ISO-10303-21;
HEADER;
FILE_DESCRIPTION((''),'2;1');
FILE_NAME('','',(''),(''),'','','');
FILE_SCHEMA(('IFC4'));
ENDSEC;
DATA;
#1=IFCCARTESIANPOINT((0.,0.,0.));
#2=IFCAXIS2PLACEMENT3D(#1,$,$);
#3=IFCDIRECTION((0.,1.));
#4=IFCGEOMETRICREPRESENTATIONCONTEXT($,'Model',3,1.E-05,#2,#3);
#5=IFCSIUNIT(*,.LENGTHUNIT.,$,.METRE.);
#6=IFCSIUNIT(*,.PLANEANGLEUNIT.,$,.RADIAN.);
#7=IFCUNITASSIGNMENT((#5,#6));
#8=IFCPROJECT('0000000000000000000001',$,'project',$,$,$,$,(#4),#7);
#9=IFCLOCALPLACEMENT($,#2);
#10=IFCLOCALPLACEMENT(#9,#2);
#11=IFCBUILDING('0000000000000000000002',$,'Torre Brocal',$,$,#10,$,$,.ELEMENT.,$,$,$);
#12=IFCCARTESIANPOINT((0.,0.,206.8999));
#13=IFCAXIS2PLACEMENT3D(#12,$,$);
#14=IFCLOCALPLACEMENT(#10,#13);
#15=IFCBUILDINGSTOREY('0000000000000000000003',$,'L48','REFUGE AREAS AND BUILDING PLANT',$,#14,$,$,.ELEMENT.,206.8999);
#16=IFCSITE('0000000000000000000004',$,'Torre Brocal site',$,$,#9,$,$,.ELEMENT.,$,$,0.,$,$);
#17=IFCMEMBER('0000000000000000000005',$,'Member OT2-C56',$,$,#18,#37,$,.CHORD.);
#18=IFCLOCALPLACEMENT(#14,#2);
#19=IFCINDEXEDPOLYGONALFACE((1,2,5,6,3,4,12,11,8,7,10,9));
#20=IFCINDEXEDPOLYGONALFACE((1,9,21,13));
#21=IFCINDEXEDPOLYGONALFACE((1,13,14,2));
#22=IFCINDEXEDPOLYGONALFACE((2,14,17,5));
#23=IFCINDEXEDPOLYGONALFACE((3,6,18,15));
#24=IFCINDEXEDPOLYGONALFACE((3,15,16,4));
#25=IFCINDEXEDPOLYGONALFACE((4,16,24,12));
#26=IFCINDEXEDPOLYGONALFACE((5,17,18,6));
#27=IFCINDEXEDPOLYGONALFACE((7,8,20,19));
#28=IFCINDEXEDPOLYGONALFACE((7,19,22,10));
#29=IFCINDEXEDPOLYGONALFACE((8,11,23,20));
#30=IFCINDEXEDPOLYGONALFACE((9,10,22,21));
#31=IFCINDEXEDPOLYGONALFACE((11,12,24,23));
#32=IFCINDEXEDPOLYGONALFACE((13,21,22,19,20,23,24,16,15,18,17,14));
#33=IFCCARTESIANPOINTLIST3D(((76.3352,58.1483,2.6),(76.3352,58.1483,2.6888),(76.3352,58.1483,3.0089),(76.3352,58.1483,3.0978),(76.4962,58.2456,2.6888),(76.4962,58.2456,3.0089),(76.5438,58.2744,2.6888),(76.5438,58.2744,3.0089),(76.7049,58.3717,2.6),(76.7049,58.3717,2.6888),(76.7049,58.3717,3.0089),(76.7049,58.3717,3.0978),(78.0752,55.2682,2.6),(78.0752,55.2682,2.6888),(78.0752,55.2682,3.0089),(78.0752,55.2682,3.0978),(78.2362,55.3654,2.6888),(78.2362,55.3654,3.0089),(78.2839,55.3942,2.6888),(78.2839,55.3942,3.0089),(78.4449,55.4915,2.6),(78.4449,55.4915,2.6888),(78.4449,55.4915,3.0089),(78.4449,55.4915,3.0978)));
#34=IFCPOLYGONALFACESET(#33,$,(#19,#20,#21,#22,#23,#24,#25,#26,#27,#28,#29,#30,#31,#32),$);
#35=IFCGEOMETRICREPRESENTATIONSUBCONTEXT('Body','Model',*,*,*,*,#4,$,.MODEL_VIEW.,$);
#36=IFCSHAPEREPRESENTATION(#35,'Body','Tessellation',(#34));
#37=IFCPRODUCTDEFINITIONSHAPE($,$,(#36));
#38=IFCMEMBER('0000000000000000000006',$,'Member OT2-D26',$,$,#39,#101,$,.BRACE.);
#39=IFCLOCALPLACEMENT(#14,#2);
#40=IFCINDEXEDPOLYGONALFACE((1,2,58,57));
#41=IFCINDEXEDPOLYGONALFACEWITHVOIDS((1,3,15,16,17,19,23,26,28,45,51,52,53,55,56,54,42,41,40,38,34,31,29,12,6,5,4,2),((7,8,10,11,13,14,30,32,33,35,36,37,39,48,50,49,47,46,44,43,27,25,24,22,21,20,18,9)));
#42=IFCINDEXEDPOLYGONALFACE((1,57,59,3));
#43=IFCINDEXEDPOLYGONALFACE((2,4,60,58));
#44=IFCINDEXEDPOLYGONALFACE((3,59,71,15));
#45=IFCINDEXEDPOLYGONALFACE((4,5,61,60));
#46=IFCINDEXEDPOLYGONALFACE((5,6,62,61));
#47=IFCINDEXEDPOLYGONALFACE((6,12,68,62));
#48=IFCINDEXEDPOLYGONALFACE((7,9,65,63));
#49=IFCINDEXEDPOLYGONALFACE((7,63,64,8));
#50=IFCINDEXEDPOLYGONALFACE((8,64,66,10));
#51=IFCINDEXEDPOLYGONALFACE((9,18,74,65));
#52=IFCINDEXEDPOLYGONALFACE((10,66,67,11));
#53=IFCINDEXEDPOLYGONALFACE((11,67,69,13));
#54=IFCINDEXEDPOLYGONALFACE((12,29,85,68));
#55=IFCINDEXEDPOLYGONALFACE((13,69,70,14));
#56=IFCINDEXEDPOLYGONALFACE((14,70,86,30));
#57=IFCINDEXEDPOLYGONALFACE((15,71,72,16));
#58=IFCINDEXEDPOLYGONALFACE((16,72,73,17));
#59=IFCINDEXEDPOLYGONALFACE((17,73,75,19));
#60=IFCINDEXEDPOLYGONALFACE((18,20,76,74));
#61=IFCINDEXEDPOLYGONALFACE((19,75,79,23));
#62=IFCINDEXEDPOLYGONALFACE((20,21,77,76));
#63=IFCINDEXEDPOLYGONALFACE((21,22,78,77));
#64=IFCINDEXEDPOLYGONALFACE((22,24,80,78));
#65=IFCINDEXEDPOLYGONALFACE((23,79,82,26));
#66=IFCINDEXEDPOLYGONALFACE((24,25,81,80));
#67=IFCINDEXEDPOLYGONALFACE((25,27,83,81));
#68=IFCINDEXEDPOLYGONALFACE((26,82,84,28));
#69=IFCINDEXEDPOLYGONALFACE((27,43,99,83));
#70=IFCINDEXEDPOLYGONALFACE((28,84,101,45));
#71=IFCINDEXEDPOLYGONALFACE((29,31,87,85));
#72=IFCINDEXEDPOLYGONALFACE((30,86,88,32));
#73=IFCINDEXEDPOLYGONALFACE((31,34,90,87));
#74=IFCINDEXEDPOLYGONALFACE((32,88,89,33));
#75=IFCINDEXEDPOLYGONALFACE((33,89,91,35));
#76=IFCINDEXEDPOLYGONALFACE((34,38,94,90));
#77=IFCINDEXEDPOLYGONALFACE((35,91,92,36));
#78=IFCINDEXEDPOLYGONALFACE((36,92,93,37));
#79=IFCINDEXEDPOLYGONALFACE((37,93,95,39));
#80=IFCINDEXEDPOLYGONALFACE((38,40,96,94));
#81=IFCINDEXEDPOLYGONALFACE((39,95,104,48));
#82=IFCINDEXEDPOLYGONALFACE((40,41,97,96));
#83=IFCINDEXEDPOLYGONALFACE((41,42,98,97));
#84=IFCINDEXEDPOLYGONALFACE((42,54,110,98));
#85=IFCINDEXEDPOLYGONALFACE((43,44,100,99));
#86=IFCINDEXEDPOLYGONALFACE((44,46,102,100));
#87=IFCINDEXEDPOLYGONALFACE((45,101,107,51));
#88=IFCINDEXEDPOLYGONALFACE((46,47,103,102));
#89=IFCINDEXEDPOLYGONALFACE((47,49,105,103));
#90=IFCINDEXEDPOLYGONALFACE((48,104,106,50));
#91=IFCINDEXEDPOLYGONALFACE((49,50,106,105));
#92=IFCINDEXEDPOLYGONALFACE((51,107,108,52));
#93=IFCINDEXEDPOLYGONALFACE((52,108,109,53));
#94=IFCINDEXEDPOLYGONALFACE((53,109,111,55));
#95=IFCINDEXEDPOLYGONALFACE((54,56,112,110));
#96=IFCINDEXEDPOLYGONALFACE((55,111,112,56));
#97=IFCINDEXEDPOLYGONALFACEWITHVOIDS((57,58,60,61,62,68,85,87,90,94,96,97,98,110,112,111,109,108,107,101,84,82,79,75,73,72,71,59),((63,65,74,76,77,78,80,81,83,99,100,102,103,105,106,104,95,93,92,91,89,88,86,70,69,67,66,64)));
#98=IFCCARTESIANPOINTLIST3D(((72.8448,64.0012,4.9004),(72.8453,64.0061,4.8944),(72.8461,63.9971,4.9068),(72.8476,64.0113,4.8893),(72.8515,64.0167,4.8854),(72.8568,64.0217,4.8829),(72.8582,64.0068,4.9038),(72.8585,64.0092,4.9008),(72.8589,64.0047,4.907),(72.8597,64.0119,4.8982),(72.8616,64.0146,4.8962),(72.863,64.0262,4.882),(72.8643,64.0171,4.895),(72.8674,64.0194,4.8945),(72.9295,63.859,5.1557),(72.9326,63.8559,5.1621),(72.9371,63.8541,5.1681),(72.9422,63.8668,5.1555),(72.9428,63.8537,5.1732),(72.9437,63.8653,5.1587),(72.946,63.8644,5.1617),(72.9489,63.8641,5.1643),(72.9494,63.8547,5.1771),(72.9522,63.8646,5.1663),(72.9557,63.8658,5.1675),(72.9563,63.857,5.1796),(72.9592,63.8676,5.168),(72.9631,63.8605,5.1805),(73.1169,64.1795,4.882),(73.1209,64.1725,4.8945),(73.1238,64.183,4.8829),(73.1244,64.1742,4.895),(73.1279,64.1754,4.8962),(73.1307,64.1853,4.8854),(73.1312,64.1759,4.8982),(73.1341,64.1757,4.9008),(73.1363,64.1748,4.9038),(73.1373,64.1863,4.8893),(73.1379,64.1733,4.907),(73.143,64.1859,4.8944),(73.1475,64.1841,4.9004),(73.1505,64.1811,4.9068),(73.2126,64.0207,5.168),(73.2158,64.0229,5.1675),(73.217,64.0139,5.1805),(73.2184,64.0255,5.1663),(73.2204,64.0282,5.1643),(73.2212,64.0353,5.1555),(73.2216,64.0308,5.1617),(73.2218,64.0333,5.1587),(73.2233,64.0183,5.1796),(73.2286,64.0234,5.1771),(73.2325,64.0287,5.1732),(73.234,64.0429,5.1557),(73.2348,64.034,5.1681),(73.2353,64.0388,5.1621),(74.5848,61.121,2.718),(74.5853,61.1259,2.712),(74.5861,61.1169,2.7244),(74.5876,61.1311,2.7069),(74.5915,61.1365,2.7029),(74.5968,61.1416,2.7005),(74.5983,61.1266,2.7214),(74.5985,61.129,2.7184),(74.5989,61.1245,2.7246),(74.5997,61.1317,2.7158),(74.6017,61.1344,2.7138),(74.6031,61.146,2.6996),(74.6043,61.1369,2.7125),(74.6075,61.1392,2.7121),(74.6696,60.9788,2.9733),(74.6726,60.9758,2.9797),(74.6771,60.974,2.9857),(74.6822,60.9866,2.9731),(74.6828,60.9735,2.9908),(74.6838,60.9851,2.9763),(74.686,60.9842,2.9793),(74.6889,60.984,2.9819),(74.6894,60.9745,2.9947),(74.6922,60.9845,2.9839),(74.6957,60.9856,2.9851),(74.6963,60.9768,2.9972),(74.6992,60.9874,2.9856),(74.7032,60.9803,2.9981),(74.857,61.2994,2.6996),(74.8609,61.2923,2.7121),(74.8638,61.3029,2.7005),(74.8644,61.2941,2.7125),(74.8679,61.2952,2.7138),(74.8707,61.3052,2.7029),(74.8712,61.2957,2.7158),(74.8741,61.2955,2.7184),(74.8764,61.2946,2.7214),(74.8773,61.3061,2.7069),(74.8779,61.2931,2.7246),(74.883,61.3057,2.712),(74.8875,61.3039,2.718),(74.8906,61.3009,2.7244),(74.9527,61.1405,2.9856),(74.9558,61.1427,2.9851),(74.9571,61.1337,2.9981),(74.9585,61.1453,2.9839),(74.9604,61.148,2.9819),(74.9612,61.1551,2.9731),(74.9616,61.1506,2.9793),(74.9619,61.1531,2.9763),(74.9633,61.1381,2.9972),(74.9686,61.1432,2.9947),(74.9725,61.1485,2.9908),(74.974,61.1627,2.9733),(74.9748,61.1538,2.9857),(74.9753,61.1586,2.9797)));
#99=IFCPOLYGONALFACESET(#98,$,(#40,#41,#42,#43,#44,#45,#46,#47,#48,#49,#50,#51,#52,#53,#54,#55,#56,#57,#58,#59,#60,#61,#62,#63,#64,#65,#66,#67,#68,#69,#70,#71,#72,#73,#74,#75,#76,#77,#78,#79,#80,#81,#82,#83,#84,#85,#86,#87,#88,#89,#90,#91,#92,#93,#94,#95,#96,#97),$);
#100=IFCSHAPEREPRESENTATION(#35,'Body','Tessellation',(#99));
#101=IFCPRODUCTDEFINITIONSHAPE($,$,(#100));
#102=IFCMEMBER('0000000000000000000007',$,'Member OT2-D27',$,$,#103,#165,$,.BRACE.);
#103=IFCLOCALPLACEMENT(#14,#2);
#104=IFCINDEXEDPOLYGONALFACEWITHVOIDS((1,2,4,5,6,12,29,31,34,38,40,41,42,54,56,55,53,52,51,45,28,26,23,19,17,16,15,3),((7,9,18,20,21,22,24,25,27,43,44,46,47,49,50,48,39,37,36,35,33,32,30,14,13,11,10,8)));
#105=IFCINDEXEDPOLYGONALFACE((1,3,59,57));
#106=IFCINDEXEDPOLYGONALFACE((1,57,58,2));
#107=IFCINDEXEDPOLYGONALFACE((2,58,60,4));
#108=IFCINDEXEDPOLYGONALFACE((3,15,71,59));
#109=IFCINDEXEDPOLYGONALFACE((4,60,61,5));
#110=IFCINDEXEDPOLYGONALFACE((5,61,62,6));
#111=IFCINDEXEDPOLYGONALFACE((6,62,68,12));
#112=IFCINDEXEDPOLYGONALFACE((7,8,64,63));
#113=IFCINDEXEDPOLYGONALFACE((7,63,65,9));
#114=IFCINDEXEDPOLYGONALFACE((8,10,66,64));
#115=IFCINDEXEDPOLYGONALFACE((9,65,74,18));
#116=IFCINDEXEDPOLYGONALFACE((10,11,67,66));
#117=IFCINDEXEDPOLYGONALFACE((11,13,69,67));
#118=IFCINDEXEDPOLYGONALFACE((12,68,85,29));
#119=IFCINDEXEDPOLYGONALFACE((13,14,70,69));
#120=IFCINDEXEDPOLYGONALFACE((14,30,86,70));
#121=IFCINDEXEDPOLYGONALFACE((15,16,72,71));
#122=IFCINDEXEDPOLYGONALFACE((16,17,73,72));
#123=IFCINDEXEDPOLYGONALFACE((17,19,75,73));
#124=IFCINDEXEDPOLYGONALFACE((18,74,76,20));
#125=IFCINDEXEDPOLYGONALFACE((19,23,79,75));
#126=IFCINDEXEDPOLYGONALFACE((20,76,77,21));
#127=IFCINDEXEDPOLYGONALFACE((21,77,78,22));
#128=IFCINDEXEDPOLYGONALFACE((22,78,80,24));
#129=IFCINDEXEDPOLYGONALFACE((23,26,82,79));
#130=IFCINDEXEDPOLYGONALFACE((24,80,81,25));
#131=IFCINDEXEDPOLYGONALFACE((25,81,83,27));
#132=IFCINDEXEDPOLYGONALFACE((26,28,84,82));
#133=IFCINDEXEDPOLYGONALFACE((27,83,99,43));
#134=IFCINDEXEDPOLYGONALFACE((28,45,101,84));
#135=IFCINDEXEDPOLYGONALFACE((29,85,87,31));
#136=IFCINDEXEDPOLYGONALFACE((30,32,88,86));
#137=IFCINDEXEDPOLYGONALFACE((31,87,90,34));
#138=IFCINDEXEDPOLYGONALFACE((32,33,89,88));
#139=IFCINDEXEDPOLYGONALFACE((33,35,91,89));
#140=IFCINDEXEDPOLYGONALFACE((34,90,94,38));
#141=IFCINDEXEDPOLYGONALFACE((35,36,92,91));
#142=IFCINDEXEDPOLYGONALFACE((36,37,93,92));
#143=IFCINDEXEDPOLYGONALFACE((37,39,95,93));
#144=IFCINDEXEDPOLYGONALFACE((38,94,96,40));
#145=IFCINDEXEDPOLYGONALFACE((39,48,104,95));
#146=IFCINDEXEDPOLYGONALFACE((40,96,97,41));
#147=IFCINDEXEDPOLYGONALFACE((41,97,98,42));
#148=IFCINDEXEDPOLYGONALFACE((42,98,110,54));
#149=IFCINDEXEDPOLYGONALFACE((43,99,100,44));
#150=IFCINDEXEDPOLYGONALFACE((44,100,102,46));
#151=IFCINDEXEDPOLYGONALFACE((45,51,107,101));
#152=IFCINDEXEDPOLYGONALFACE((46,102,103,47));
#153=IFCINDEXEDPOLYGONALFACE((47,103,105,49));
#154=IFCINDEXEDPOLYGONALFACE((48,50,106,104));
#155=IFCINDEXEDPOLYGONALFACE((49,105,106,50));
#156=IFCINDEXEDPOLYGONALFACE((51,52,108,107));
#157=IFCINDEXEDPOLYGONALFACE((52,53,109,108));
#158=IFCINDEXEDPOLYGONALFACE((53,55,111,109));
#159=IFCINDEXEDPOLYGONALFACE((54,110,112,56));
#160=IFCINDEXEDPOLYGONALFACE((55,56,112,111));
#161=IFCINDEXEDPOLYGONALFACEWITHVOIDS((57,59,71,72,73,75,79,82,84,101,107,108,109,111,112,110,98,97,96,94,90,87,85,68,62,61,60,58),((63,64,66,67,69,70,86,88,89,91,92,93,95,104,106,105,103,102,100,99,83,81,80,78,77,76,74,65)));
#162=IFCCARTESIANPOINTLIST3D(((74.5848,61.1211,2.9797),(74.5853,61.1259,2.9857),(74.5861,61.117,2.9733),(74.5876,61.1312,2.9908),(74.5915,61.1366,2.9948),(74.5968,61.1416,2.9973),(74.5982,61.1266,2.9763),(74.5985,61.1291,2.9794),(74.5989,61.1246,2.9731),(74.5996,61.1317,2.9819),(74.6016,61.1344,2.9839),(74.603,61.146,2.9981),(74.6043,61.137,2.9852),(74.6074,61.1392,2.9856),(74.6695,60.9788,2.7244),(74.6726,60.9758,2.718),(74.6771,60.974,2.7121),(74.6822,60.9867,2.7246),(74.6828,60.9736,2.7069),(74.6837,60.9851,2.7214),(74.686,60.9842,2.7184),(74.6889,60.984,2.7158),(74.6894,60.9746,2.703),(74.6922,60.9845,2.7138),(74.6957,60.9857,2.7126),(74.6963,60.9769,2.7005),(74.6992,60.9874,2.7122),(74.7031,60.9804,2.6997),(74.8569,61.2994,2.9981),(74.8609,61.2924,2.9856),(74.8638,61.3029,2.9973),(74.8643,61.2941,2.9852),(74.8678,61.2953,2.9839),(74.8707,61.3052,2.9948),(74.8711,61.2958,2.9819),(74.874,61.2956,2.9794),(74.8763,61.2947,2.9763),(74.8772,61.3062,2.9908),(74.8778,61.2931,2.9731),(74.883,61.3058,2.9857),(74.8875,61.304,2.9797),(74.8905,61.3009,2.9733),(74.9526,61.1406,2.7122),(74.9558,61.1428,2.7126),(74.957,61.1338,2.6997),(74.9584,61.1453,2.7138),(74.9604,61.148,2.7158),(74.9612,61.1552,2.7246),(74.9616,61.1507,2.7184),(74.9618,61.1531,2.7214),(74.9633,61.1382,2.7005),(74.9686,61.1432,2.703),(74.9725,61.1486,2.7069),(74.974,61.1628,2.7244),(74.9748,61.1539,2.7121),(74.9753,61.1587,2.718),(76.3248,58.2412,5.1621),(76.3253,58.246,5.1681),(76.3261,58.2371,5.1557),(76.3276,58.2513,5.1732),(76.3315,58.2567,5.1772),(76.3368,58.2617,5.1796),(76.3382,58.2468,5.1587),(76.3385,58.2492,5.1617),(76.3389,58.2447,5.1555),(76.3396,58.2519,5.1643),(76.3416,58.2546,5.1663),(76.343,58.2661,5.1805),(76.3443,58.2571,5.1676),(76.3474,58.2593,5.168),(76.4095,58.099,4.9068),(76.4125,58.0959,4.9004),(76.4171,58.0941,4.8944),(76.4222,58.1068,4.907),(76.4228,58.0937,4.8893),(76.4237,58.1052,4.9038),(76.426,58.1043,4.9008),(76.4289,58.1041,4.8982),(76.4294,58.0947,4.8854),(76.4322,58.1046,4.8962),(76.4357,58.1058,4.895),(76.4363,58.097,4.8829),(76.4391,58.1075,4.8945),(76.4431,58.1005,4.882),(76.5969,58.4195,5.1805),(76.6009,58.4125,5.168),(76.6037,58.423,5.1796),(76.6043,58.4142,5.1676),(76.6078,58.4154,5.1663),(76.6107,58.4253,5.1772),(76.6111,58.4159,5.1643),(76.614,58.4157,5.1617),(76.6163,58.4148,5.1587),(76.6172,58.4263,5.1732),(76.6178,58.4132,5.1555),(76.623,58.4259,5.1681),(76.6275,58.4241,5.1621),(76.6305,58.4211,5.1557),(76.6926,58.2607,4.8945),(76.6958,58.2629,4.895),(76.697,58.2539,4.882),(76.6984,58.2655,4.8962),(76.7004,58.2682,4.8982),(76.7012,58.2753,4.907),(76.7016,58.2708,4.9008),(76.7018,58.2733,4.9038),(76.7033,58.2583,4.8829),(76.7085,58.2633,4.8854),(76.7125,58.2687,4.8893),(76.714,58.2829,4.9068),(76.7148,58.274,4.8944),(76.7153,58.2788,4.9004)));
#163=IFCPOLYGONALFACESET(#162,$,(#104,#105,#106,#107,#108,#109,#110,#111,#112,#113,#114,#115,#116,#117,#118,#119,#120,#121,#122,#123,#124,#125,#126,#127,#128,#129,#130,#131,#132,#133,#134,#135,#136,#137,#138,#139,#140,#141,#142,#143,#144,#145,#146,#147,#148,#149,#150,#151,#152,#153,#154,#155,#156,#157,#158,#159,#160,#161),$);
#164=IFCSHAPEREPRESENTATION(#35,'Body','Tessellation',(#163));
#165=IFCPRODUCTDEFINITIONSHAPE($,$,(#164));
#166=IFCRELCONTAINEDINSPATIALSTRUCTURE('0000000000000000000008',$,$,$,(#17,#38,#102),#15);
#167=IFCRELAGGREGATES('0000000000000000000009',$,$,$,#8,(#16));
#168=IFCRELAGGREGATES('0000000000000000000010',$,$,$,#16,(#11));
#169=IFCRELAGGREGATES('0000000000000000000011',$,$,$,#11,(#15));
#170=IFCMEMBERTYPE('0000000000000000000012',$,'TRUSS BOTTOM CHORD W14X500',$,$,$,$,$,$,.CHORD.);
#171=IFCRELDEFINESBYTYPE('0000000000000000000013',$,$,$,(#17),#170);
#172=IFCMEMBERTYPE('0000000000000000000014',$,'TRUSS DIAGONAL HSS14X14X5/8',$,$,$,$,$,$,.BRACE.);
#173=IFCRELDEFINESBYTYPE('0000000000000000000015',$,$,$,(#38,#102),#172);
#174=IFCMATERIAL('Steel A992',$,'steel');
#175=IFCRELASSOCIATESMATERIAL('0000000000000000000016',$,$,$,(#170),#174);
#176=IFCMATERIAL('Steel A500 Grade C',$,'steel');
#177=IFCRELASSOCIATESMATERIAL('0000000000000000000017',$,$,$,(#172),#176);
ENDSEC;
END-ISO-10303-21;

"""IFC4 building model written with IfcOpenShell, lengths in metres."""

from ifc_helpers import new_model, si_unit, direction, frame, origin, origin_2d, place, context, subcontext, project, spatial, hollow_rectangle, i_section, extrude, material, material_profile, profile_set, type_object, element, save


model = new_model("IFC4")

# Units and contexts
model_context = context("Model", 3, precision=1e-05, world=origin(), true_north=direction((0.0, 1.0)))
body_context = subcontext(model_context, "Body", "Model", "MODEL_VIEW")
ifc_project = project(units=[si_unit("LENGTHUNIT", "METRE"), si_unit("PLANEANGLEUNIT", "RADIAN")], contexts=[model_context])

# Site, building, storey
site_placement = place(None, origin())
site = spatial("IfcSite", under=ifc_project, at=site_placement, Name="Torre Brocal site", CompositionType="ELEMENT", RefElevation=0.0)
building_placement = place(site_placement, origin())
building = spatial("IfcBuilding", under=site, at=building_placement, Name="Torre Brocal", CompositionType="ELEMENT")
storey_placement = place(building_placement, frame((0.0, 0.0, 206.8999)))
storey = spatial("IfcBuildingStorey", under=building, at=storey_placement, Name="L48", Description="REFUGE AREAS AND BUILDING PLANT", CompositionType="ELEMENT", Elevation=206.8999)

# Members
ifc_material_1 = material(Name="Steel A992", Category="steel")
ifc_material_profile_1 = material_profile(ifc_material_1, i_section(OverallWidth=0.4319, OverallDepth=0.4978, WebThickness=0.0557, FlangeThickness=0.0889, at=origin_2d()), Name="W14X500")
ifc_profile_set_1 = profile_set([ifc_material_profile_1], Name="Steel A992")
member_type_1 = type_object("IfcMemberType", Name="TRUSS BOTTOM CHORD W14X500", PredefinedType="CHORD", material=ifc_profile_set_1)
member_1_placement = place(storey_placement, frame((76.52, 58.26, 2.8489), z_axis=(0.517097, -0.855927, 0.0), x_axis=(0.855927, 0.517097, 0.0)))
element("IfcMember", 1, at=member_1_placement, inside=storey, type_object=member_type_1, Name="Member OT2-C56", PredefinedType="CHORD", context=body_context, shape_type="SweptSolid", body=[
    extrude(i_section(OverallWidth=0.4319, OverallDepth=0.4978, WebThickness=0.0557, FlangeThickness=0.0889, at=origin_2d()), origin(), (0.0, 0.0, 1.0), 3.365),
])
ifc_material_2 = material(Name="Steel A500 Grade C", Category="steel")
ifc_material_profile_2 = material_profile(ifc_material_2, hollow_rectangle(XDim=0.3557, YDim=0.3557, WallThickness=0.0149, InnerFilletRadius=0.0149, OuterFilletRadius=0.0295, at=origin_2d()), Name="HSS14X14X5/8")
ifc_profile_set_2 = profile_set([ifc_material_profile_2], Name="Steel A500 Grade C")
member_type_2 = type_object("IfcMemberType", Name="TRUSS DIAGONAL HSS14X14X5/8", PredefinedType="BRACE", material=ifc_profile_set_2)
member_2_placement = place(storey_placement, frame((73.04, 64.02, 5.0312), z_axis=(0.433841, -0.718117, -0.544142), x_axis=(0.855927, 0.517097, 0.0)))
element("IfcMember", 2, at=member_2_placement, inside=storey, type_object=member_type_2, Name="Member OT2-D26", PredefinedType="BRACE", context=body_context, shape_type="SweptSolid", body=[
    extrude(hollow_rectangle(XDim=0.3557, YDim=0.3557, WallThickness=0.0149, InnerFilletRadius=0.0149, OuterFilletRadius=0.0295, at=origin_2d()), origin(), (0.0, 0.0, 1.0), 4.0107),
])
member_3_placement = place(storey_placement, frame((74.78, 61.1399, 2.8489), z_axis=(0.43386, -0.718087, 0.544166), x_axis=(0.855908, 0.517129, 0.0)))
element("IfcMember", 3, at=member_3_placement, inside=storey, type_object=member_type_2, Name="Member OT2-D27", PredefinedType="BRACE", context=body_context, shape_type="SweptSolid", body=[
    extrude(hollow_rectangle(XDim=0.3557, YDim=0.3557, WallThickness=0.0149, InnerFilletRadius=0.0149, OuterFilletRadius=0.0295, at=origin_2d()), origin(), (0.0, 0.0, 1.0), 4.0105),
])

save(model, "model.ifc")
